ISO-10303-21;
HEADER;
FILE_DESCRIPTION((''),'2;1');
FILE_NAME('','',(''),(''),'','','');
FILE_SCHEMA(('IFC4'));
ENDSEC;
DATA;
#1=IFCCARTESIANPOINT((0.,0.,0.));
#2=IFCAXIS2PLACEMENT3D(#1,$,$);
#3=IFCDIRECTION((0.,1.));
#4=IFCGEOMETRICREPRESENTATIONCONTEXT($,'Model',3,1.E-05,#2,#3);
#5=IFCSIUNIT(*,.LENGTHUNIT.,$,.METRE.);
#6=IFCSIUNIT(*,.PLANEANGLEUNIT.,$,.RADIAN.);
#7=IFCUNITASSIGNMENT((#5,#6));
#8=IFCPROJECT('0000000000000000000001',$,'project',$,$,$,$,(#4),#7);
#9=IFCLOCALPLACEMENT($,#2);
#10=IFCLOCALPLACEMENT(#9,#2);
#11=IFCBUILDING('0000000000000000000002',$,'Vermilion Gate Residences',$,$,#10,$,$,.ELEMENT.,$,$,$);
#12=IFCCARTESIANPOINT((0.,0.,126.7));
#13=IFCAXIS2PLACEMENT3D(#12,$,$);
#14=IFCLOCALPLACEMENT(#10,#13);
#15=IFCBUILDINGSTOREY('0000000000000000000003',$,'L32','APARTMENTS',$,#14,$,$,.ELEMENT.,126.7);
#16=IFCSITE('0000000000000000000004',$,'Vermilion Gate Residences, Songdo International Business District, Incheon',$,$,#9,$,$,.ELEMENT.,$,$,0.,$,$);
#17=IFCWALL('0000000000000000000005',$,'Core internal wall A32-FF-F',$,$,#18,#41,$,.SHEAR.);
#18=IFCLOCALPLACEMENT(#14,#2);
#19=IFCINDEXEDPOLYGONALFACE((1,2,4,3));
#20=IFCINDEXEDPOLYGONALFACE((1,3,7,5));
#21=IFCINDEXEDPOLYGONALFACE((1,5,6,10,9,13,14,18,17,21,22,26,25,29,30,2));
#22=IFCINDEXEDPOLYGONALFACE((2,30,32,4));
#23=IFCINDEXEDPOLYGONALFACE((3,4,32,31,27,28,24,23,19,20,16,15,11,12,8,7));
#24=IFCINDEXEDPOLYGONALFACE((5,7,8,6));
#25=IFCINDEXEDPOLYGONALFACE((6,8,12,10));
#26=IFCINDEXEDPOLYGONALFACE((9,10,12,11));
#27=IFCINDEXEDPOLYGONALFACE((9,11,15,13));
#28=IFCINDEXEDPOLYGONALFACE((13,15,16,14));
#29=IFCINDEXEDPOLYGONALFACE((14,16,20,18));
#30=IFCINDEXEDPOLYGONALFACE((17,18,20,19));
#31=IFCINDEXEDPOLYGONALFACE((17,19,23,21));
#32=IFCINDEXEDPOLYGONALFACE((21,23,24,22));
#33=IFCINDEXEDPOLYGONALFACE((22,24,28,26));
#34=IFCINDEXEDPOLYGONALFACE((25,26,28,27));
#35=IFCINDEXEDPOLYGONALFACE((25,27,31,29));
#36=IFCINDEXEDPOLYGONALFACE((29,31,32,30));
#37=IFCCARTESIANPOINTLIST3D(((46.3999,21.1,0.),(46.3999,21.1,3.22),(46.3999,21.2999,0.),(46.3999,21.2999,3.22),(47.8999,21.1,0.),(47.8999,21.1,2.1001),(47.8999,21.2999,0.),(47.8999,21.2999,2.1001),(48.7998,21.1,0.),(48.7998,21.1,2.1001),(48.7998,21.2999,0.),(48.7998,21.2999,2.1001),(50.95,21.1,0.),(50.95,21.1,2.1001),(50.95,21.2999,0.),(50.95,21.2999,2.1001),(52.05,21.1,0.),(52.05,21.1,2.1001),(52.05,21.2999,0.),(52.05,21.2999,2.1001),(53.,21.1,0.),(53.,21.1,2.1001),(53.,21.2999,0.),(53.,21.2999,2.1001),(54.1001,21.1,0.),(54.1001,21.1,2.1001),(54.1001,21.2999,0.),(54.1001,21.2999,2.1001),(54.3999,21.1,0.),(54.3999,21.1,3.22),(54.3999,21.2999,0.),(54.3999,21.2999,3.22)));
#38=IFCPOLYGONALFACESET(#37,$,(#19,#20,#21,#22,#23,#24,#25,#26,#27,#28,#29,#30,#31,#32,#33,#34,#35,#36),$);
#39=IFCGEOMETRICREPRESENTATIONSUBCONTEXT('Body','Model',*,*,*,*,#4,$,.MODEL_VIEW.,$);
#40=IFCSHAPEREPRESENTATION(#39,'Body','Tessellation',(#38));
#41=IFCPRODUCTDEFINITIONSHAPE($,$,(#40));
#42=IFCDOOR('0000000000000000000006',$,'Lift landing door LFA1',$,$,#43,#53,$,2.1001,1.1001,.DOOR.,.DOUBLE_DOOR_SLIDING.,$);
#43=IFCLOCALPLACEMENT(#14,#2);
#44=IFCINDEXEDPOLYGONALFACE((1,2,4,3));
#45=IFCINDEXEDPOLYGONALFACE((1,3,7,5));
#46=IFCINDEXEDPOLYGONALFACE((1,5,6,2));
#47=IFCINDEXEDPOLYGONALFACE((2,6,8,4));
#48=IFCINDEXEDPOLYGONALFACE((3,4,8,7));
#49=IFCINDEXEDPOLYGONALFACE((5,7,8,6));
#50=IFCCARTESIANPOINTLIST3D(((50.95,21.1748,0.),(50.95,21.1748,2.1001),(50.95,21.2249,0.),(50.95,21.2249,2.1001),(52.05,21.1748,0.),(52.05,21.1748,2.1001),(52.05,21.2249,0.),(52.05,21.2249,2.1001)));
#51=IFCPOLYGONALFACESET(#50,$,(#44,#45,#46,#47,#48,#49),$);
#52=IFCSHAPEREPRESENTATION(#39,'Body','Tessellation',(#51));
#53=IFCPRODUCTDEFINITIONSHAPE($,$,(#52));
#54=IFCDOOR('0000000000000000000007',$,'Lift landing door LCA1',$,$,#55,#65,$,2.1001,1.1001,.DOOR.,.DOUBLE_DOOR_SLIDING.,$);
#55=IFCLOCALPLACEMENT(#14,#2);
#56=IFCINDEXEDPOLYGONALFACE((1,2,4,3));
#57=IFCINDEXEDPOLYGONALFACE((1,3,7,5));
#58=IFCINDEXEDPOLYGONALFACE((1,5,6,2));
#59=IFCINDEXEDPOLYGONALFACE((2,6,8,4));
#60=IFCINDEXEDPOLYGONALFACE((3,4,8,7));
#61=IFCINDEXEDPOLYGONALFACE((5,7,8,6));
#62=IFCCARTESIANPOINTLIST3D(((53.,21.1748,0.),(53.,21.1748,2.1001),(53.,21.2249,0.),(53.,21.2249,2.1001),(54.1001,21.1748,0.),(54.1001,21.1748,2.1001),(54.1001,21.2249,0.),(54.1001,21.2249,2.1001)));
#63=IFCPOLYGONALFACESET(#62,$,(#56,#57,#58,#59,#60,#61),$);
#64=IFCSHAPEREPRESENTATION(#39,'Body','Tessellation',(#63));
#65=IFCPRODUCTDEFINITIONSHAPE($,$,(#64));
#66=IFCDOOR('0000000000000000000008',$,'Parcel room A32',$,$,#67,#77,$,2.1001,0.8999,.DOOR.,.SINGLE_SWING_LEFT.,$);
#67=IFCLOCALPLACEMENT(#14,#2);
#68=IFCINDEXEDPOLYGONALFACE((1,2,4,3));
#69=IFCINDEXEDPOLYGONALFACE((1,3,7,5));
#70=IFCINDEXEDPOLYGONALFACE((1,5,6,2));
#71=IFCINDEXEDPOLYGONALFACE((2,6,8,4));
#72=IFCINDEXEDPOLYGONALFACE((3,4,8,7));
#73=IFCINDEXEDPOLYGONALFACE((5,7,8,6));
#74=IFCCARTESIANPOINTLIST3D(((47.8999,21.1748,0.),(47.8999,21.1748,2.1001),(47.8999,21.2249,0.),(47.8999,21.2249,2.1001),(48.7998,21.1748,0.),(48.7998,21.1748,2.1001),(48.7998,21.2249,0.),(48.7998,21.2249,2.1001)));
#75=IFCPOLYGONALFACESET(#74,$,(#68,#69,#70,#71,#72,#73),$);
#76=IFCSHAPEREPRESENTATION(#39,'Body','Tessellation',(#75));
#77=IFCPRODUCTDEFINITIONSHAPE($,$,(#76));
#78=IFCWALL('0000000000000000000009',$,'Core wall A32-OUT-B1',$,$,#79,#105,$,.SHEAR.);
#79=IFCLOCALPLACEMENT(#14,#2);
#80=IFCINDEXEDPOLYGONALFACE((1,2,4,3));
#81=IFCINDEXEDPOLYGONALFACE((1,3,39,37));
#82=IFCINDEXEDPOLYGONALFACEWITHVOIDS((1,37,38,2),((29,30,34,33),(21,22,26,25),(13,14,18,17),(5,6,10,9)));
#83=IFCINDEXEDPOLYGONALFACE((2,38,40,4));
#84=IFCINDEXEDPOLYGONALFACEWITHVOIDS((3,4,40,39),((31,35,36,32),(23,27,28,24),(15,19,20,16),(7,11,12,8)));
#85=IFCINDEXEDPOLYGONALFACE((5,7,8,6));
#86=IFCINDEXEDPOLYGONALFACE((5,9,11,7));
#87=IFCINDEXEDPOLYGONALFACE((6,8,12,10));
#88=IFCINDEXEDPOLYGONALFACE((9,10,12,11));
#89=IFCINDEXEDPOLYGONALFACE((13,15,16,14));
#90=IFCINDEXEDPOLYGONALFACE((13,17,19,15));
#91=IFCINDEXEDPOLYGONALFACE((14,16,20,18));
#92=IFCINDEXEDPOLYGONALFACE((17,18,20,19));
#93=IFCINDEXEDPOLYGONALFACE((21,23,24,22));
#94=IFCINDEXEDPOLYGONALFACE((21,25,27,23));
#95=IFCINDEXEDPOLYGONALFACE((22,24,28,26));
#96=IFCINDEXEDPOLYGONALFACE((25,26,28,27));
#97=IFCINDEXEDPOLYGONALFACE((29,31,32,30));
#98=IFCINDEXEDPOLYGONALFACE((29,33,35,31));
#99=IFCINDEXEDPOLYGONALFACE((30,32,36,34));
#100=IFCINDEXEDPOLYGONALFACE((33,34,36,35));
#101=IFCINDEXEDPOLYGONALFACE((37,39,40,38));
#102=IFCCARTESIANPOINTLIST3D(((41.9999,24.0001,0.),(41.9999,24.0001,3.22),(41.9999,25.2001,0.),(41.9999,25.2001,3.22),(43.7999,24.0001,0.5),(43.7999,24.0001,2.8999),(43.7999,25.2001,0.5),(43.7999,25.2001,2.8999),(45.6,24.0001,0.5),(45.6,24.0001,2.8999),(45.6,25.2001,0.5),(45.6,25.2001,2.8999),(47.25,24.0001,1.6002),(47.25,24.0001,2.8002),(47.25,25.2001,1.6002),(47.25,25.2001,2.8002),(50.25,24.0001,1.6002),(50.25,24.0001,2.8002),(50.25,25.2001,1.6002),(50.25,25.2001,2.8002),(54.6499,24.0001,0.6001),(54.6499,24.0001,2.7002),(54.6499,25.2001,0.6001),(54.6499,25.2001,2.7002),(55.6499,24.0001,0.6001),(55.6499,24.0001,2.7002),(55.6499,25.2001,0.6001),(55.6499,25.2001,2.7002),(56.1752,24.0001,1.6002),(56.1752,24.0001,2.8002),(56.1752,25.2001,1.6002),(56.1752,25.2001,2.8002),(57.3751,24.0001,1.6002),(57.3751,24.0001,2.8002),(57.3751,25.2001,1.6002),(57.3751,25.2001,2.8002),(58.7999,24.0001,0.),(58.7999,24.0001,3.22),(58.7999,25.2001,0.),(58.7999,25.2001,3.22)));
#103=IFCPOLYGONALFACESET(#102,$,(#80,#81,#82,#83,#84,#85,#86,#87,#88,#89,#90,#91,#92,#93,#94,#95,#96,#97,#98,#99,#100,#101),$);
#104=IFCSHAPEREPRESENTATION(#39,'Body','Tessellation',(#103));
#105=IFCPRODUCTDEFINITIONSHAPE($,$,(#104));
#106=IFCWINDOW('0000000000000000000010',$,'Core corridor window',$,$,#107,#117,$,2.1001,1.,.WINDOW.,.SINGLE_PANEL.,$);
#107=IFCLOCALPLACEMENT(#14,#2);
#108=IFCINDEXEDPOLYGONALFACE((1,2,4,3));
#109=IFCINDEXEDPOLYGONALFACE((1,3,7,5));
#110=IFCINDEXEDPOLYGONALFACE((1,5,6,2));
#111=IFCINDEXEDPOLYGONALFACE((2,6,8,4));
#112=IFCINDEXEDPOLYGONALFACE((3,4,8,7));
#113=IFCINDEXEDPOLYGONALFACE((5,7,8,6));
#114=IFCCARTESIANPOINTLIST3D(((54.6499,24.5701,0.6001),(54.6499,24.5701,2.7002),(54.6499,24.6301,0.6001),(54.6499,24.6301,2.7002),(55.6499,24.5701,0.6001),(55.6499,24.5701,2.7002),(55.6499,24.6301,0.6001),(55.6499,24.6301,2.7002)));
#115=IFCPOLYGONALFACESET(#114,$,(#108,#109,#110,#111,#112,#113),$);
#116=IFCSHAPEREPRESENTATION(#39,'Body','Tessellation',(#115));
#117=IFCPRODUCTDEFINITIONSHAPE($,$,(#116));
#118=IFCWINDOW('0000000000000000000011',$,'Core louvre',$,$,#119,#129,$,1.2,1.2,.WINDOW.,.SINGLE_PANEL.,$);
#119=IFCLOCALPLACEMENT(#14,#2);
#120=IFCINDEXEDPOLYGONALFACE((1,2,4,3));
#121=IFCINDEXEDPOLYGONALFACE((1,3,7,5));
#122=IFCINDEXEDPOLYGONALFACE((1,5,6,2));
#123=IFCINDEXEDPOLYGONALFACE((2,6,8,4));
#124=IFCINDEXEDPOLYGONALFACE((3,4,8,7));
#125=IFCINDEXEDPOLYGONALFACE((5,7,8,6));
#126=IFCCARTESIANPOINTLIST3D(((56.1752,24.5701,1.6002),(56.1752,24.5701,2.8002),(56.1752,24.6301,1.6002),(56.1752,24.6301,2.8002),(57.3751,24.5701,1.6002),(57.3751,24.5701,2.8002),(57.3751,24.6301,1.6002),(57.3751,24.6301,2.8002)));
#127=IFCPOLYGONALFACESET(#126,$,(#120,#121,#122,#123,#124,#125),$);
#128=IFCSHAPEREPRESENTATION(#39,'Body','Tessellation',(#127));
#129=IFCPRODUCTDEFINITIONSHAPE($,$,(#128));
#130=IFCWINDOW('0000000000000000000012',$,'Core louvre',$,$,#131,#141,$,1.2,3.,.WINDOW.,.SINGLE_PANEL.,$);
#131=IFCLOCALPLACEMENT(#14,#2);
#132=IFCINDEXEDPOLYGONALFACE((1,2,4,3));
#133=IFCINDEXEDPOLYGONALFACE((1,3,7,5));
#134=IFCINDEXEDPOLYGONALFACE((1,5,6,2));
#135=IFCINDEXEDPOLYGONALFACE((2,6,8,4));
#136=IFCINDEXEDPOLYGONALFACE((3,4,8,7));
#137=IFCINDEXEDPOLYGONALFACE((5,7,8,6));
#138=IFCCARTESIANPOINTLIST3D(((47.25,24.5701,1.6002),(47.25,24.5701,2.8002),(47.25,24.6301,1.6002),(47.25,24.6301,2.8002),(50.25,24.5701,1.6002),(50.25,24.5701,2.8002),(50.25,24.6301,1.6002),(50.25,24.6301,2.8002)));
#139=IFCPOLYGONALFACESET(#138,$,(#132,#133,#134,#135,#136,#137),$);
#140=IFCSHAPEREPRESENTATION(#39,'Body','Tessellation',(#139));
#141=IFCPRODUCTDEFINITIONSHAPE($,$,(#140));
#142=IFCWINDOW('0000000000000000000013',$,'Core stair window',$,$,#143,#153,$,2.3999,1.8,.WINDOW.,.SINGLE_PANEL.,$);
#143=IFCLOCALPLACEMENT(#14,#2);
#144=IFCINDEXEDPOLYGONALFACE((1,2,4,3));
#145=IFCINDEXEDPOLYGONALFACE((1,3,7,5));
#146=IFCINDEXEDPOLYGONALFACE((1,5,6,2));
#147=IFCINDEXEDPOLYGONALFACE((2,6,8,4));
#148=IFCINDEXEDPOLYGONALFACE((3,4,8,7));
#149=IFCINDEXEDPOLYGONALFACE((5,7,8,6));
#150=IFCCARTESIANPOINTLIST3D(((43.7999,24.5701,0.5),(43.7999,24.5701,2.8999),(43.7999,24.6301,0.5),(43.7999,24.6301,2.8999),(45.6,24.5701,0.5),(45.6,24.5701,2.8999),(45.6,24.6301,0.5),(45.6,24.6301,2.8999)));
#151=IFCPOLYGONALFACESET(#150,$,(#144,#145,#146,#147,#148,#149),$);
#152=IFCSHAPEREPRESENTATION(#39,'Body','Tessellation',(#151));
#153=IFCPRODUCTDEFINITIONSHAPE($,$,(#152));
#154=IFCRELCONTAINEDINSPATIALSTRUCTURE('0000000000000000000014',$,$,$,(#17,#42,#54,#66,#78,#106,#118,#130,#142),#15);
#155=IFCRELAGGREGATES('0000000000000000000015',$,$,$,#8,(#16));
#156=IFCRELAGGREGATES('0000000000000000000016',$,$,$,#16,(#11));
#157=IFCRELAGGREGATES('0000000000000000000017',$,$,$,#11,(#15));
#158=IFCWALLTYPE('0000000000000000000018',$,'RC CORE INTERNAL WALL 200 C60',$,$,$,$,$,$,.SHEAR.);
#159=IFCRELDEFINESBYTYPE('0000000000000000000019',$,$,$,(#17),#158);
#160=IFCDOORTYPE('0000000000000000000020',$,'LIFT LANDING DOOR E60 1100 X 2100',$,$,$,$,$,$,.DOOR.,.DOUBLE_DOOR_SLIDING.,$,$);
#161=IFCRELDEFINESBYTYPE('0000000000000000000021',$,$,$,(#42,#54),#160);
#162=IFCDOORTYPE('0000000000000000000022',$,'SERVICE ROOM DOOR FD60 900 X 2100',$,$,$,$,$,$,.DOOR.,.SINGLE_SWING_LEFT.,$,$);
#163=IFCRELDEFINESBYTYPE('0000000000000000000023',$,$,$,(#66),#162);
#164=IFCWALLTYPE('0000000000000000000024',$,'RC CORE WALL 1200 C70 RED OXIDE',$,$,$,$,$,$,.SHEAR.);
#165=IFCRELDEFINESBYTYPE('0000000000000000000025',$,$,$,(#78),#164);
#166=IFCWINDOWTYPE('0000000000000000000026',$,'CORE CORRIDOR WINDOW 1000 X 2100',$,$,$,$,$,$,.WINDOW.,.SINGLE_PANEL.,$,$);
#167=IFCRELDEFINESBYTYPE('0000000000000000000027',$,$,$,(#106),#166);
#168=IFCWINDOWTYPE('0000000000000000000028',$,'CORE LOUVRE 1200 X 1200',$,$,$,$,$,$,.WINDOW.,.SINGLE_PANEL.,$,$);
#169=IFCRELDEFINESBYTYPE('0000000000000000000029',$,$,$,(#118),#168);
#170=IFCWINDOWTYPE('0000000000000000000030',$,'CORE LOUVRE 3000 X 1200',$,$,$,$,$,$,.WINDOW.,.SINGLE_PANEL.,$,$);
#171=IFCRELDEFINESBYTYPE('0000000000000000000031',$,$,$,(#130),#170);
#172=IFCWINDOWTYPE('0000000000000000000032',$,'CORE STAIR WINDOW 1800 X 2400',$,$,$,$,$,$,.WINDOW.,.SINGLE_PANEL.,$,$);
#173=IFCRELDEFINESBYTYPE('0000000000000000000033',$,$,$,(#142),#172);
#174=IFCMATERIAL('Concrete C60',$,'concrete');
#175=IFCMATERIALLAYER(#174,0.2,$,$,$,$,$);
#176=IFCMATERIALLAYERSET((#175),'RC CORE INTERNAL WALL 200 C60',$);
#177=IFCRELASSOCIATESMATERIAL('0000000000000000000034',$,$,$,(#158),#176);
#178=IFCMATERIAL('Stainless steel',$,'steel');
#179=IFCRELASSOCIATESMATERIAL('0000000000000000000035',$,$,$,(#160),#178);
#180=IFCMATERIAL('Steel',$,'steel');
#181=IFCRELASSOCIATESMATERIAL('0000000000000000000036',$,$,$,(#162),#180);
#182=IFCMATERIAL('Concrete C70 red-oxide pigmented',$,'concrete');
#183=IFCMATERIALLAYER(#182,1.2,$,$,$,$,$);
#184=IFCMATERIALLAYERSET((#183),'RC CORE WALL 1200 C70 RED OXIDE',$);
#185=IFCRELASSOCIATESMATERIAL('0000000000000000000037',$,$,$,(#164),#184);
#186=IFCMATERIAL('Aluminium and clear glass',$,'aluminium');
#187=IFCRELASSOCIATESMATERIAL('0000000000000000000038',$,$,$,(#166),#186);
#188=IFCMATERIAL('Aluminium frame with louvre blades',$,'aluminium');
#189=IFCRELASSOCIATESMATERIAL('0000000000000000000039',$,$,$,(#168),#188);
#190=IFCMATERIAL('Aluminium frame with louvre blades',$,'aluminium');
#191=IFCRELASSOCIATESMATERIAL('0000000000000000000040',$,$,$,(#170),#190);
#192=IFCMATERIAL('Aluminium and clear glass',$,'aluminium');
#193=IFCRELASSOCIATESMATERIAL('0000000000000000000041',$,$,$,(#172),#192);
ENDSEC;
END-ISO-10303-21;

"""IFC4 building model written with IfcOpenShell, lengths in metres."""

from ifc_helpers import new_model, si_unit, direction, frame, frame_2d, origin, place, context, subcontext, project, spatial, rectangle, extrude, material, layer, layer_set, type_object, element, fill, save


model = new_model("IFC4")

# Units and contexts
model_context = context("Model", 3, precision=1e-05, world=origin(), true_north=direction((0.0, 1.0)))
body_context = subcontext(model_context, "Body", "Model", "MODEL_VIEW")
ifc_project = project(units=[si_unit("LENGTHUNIT", "METRE"), si_unit("PLANEANGLEUNIT", "RADIAN")], contexts=[model_context])

# Site, building, storey
site_placement = place(None, origin())
site = spatial("IfcSite", under=ifc_project, at=site_placement, Name="Vermilion Gate Residences, Songdo International Business District, Incheon", CompositionType="ELEMENT", RefElevation=0.0)
building_placement = place(site_placement, origin())
building = spatial("IfcBuilding", under=site, at=building_placement, Name="Vermilion Gate Residences", CompositionType="ELEMENT")
storey_placement = place(building_placement, frame((0.0, 0.0, 126.7)))
storey = spatial("IfcBuildingStorey", under=building, at=storey_placement, Name="L32", Description="APARTMENTS", CompositionType="ELEMENT", Elevation=126.7)

# Shared definitions
ifc_material_1 = material(Name="Concrete C60", Category="concrete")
ifc_layer_1 = layer(ifc_material_1, 0.2)
ifc_layer_set_1 = layer_set([ifc_layer_1], Name="RC CORE INTERNAL WALL 200 C60")
wall_type_1 = type_object("IfcWallType", Name="RC CORE INTERNAL WALL 200 C60", PredefinedType="SHEAR", material=ifc_layer_set_1)

# Wall, openings, doors
wall_1_placement = place(storey_placement, frame((46.3999, 21.2, 0.0), z_axis=(0.0, 0.0, 1.0), x_axis=(1.0, 0.0, 0.0)))
wall_1 = element("IfcWall", 1, at=wall_1_placement, inside=storey, type_object=wall_type_1, Name="Core internal wall A32-FF-F", PredefinedType="SHEAR", context=body_context, shape_type="SweptSolid", body=[
    extrude(rectangle(XDim=8.0, YDim=0.2, at=frame_2d((4.0, 0.0))), origin(), (0.0, 0.0, 1.0), 3.22),
])
opening_1_placement = place(wall_1_placement, frame((1.5, 0.0, 0.0)))
opening_1 = element("IfcOpeningElement", 2, at=opening_1_placement, cuts=wall_1, PredefinedType="OPENING", context=body_context, shape_type="SweptSolid", body=[
    extrude(rectangle(XDim=0.8999, YDim=2.1001, at=frame_2d((0.45, 1.05))), frame((0.0, 0.1099, 0.0), z_axis=(0.0, -1.0, 0.0), x_axis=(1.0, 0.0, 0.0)), (0.0, 0.0, 1.0), 0.22),
])
opening_2_placement = place(wall_1_placement, frame((4.55, 0.0, 0.0)))
opening_2 = element("IfcOpeningElement", 3, at=opening_2_placement, cuts=wall_1, PredefinedType="OPENING", context=body_context, shape_type="SweptSolid", body=[
    extrude(rectangle(XDim=1.1001, YDim=2.1001, at=frame_2d((0.55, 1.05))), frame((0.0, 0.1099, 0.0), z_axis=(0.0, -1.0, 0.0), x_axis=(1.0, 0.0, 0.0)), (0.0, 0.0, 1.0), 0.22),
])
opening_3_placement = place(wall_1_placement, frame((6.6001, 0.0, 0.0)))
opening_3 = element("IfcOpeningElement", 4, at=opening_3_placement, cuts=wall_1, PredefinedType="OPENING", context=body_context, shape_type="SweptSolid", body=[
    extrude(rectangle(XDim=1.1001, YDim=2.1001, at=frame_2d((0.55, 1.05))), frame((0.0, 0.1099, 0.0), z_axis=(0.0, -1.0, 0.0), x_axis=(1.0, 0.0, 0.0)), (0.0, 0.0, 1.0), 0.22),
])
ifc_material_2 = material(Name="Stainless steel", Category="steel")
door_type_1 = type_object("IfcDoorType", Name="LIFT LANDING DOOR E60 1100 X 2100", OperationType="DOUBLE_DOOR_SLIDING", PredefinedType="DOOR", material=ifc_material_2)
door_1_placement = place(opening_2_placement, origin())
door_1 = element("IfcDoor", 5, at=door_1_placement, inside=storey, type_object=door_type_1, Name="Lift landing door LFA1", OperationType="DOUBLE_DOOR_SLIDING", OverallHeight=2.1001, OverallWidth=1.1001, PredefinedType="DOOR", context=body_context, shape_type="SweptSolid", body=[
    extrude(rectangle(XDim=1.1001, YDim=2.1001, at=frame_2d((0.55, 1.05))), frame((0.0, 0.0249, 0.0), z_axis=(0.0, -1.0, 0.0), x_axis=(1.0, 0.0, 0.0)), (0.0, 0.0, 1.0), 0.05),
])
fill(opening_2, door_1)
door_2_placement = place(opening_3_placement, origin())
door_2 = element("IfcDoor", 6, at=door_2_placement, inside=storey, type_object=door_type_1, Name="Lift landing door LCA1", OperationType="DOUBLE_DOOR_SLIDING", OverallHeight=2.1001, OverallWidth=1.1001, PredefinedType="DOOR", context=body_context, shape_type="SweptSolid", body=[
    extrude(rectangle(XDim=1.1001, YDim=2.1001, at=frame_2d((0.55, 1.05))), frame((0.0, 0.0249, 0.0), z_axis=(0.0, -1.0, 0.0), x_axis=(1.0, 0.0, 0.0)), (0.0, 0.0, 1.0), 0.05),
])
fill(opening_3, door_2)
ifc_material_3 = material(Name="Steel", Category="steel")
door_type_2 = type_object("IfcDoorType", Name="SERVICE ROOM DOOR FD60 900 X 2100", OperationType="SINGLE_SWING_LEFT", PredefinedType="DOOR", material=ifc_material_3)
door_3_placement = place(opening_1_placement, origin())
door_3 = element("IfcDoor", 7, at=door_3_placement, inside=storey, type_object=door_type_2, Name="Parcel room A32", OperationType="SINGLE_SWING_LEFT", OverallHeight=2.1001, OverallWidth=0.8999, PredefinedType="DOOR", context=body_context, shape_type="SweptSolid", body=[
    extrude(rectangle(XDim=0.8999, YDim=2.1001, at=frame_2d((0.45, 1.05))), frame((0.0, 0.0249, 0.0), z_axis=(0.0, -1.0, 0.0), x_axis=(1.0, 0.0, 0.0)), (0.0, 0.0, 1.0), 0.05),
])
fill(opening_1, door_3)

# Wall, openings, windows
ifc_material_4 = material(Name="Concrete C70 red-oxide pigmented", Category="concrete")
ifc_layer_2 = layer(ifc_material_4, 1.2)
ifc_layer_set_2 = layer_set([ifc_layer_2], Name="RC CORE WALL 1200 C70 RED OXIDE")
wall_type_2 = type_object("IfcWallType", Name="RC CORE WALL 1200 C70 RED OXIDE", PredefinedType="SHEAR", material=ifc_layer_set_2)
wall_2_placement = place(storey_placement, frame((42.0, 24.6001, 0.0), z_axis=(0.0, 0.0, 1.0), x_axis=(1.0, 0.0, 0.0)))
wall_2 = element("IfcWall", 8, at=wall_2_placement, inside=storey, type_object=wall_type_2, Name="Core wall A32-OUT-B1", PredefinedType="SHEAR", context=body_context, shape_type="SweptSolid", body=[
    extrude(rectangle(XDim=16.8, YDim=1.2, at=frame_2d((8.3999, 0.0))), origin(), (0.0, 0.0, 1.0), 3.22),
])
opening_4_placement = place(wall_2_placement, frame((1.8, 0.0, 0.5)))
opening_4 = element("IfcOpeningElement", 9, at=opening_4_placement, cuts=wall_2, PredefinedType="OPENING", context=body_context, shape_type="SweptSolid", body=[
    extrude(rectangle(XDim=1.8, YDim=2.3999, at=frame_2d((0.8999, 1.2))), frame((0.0, 0.6099, 0.0), z_axis=(0.0, -1.0, 0.0), x_axis=(1.0, 0.0, 0.0)), (0.0, 0.0, 1.0), 1.22),
])
opening_5_placement = place(wall_2_placement, frame((5.25, 0.0, 1.6001)))
opening_5 = element("IfcOpeningElement", 10, at=opening_5_placement, cuts=wall_2, PredefinedType="OPENING", context=body_context, shape_type="SweptSolid", body=[
    extrude(rectangle(XDim=3.0, YDim=1.2, at=frame_2d((1.5, 0.6001))), frame((0.0, 0.6099, 0.0), z_axis=(0.0, -1.0, 0.0), x_axis=(1.0, 0.0, 0.0)), (0.0, 0.0, 1.0), 1.22),
])
opening_6_placement = place(wall_2_placement, frame((12.6499, 0.0, 0.6001)))
opening_6 = element("IfcOpeningElement", 11, at=opening_6_placement, cuts=wall_2, PredefinedType="OPENING", context=body_context, shape_type="SweptSolid", body=[
    extrude(rectangle(XDim=1.0, YDim=2.1001, at=frame_2d((0.5, 1.05))), frame((0.0, 0.6099, 0.0), z_axis=(0.0, -1.0, 0.0), x_axis=(1.0, 0.0, 0.0)), (0.0, 0.0, 1.0), 1.22),
])
opening_7_placement = place(wall_2_placement, frame((14.175, 0.0, 1.6001)))
opening_7 = element("IfcOpeningElement", 12, at=opening_7_placement, cuts=wall_2, PredefinedType="OPENING", context=body_context, shape_type="SweptSolid", body=[
    extrude(rectangle(XDim=1.2, YDim=1.2, at=frame_2d((0.6001, 0.6001))), frame((0.0, 0.6099, 0.0), z_axis=(0.0, -1.0, 0.0), x_axis=(1.0, 0.0, 0.0)), (0.0, 0.0, 1.0), 1.22),
])
ifc_material_5 = material(Name="Aluminium and clear glass", Category="aluminium")
window_type_1 = type_object("IfcWindowType", Name="CORE CORRIDOR WINDOW 1000 X 2100", PartitioningType="SINGLE_PANEL", PredefinedType="WINDOW", material=ifc_material_5)
window_1_placement = place(opening_6_placement, origin())
window_1 = element("IfcWindow", 13, at=window_1_placement, inside=storey, type_object=window_type_1, Name="Core corridor window", OverallHeight=2.1001, OverallWidth=1.0, PartitioningType="SINGLE_PANEL", PredefinedType="WINDOW", context=body_context, shape_type="SweptSolid", body=[
    extrude(rectangle(XDim=1.0, YDim=2.1001, at=frame_2d((0.5, 1.05))), frame((0.0, 0.03, 0.0), z_axis=(0.0, -1.0, 0.0), x_axis=(1.0, 0.0, 0.0)), (0.0, 0.0, 1.0), 0.0601),
])
fill(opening_6, window_1)
ifc_material_6 = material(Name="Aluminium frame with louvre blades", Category="aluminium")
window_type_2 = type_object("IfcWindowType", Name="CORE LOUVRE 1200 X 1200", PartitioningType="SINGLE_PANEL", PredefinedType="WINDOW", material=ifc_material_6)
window_2_placement = place(opening_7_placement, origin())
window_2 = element("IfcWindow", 14, at=window_2_placement, inside=storey, type_object=window_type_2, Name="Core louvre", OverallHeight=1.2, OverallWidth=1.2, PartitioningType="SINGLE_PANEL", PredefinedType="WINDOW", context=body_context, shape_type="SweptSolid", body=[
    extrude(rectangle(XDim=1.2, YDim=1.2, at=frame_2d((0.6001, 0.6001))), frame((0.0, 0.03, 0.0), z_axis=(0.0, -1.0, 0.0), x_axis=(1.0, 0.0, 0.0)), (0.0, 0.0, 1.0), 0.0601),
])
fill(opening_7, window_2)
ifc_material_7 = material(Name="Aluminium frame with louvre blades", Category="aluminium")
window_type_3 = type_object("IfcWindowType", Name="CORE LOUVRE 3000 X 1200", PartitioningType="SINGLE_PANEL", PredefinedType="WINDOW", material=ifc_material_7)
window_3_placement = place(opening_5_placement, origin())
window_3 = element("IfcWindow", 15, at=window_3_placement, inside=storey, type_object=window_type_3, Name="Core louvre", OverallHeight=1.2, OverallWidth=3.0, PartitioningType="SINGLE_PANEL", PredefinedType="WINDOW", context=body_context, shape_type="SweptSolid", body=[
    extrude(rectangle(XDim=3.0, YDim=1.2, at=frame_2d((1.5, 0.6001))), frame((0.0, 0.03, 0.0), z_axis=(0.0, -1.0, 0.0), x_axis=(1.0, 0.0, 0.0)), (0.0, 0.0, 1.0), 0.0601),
])
fill(opening_5, window_3)
ifc_material_8 = material(Name="Aluminium and clear glass", Category="aluminium")
window_type_4 = type_object("IfcWindowType", Name="CORE STAIR WINDOW 1800 X 2400", PartitioningType="SINGLE_PANEL", PredefinedType="WINDOW", material=ifc_material_8)
window_4_placement = place(opening_4_placement, origin())
window_4 = element("IfcWindow", 16, at=window_4_placement, inside=storey, type_object=window_type_4, Name="Core stair window", OverallHeight=2.3999, OverallWidth=1.8, PartitioningType="SINGLE_PANEL", PredefinedType="WINDOW", context=body_context, shape_type="SweptSolid", body=[
    extrude(rectangle(XDim=1.8, YDim=2.3999, at=frame_2d((0.8999, 1.2))), frame((0.0, 0.03, 0.0), z_axis=(0.0, -1.0, 0.0), x_axis=(1.0, 0.0, 0.0)), (0.0, 0.0, 1.0), 0.0601),
])
fill(opening_4, window_4)

save(model, "model.ifc")
